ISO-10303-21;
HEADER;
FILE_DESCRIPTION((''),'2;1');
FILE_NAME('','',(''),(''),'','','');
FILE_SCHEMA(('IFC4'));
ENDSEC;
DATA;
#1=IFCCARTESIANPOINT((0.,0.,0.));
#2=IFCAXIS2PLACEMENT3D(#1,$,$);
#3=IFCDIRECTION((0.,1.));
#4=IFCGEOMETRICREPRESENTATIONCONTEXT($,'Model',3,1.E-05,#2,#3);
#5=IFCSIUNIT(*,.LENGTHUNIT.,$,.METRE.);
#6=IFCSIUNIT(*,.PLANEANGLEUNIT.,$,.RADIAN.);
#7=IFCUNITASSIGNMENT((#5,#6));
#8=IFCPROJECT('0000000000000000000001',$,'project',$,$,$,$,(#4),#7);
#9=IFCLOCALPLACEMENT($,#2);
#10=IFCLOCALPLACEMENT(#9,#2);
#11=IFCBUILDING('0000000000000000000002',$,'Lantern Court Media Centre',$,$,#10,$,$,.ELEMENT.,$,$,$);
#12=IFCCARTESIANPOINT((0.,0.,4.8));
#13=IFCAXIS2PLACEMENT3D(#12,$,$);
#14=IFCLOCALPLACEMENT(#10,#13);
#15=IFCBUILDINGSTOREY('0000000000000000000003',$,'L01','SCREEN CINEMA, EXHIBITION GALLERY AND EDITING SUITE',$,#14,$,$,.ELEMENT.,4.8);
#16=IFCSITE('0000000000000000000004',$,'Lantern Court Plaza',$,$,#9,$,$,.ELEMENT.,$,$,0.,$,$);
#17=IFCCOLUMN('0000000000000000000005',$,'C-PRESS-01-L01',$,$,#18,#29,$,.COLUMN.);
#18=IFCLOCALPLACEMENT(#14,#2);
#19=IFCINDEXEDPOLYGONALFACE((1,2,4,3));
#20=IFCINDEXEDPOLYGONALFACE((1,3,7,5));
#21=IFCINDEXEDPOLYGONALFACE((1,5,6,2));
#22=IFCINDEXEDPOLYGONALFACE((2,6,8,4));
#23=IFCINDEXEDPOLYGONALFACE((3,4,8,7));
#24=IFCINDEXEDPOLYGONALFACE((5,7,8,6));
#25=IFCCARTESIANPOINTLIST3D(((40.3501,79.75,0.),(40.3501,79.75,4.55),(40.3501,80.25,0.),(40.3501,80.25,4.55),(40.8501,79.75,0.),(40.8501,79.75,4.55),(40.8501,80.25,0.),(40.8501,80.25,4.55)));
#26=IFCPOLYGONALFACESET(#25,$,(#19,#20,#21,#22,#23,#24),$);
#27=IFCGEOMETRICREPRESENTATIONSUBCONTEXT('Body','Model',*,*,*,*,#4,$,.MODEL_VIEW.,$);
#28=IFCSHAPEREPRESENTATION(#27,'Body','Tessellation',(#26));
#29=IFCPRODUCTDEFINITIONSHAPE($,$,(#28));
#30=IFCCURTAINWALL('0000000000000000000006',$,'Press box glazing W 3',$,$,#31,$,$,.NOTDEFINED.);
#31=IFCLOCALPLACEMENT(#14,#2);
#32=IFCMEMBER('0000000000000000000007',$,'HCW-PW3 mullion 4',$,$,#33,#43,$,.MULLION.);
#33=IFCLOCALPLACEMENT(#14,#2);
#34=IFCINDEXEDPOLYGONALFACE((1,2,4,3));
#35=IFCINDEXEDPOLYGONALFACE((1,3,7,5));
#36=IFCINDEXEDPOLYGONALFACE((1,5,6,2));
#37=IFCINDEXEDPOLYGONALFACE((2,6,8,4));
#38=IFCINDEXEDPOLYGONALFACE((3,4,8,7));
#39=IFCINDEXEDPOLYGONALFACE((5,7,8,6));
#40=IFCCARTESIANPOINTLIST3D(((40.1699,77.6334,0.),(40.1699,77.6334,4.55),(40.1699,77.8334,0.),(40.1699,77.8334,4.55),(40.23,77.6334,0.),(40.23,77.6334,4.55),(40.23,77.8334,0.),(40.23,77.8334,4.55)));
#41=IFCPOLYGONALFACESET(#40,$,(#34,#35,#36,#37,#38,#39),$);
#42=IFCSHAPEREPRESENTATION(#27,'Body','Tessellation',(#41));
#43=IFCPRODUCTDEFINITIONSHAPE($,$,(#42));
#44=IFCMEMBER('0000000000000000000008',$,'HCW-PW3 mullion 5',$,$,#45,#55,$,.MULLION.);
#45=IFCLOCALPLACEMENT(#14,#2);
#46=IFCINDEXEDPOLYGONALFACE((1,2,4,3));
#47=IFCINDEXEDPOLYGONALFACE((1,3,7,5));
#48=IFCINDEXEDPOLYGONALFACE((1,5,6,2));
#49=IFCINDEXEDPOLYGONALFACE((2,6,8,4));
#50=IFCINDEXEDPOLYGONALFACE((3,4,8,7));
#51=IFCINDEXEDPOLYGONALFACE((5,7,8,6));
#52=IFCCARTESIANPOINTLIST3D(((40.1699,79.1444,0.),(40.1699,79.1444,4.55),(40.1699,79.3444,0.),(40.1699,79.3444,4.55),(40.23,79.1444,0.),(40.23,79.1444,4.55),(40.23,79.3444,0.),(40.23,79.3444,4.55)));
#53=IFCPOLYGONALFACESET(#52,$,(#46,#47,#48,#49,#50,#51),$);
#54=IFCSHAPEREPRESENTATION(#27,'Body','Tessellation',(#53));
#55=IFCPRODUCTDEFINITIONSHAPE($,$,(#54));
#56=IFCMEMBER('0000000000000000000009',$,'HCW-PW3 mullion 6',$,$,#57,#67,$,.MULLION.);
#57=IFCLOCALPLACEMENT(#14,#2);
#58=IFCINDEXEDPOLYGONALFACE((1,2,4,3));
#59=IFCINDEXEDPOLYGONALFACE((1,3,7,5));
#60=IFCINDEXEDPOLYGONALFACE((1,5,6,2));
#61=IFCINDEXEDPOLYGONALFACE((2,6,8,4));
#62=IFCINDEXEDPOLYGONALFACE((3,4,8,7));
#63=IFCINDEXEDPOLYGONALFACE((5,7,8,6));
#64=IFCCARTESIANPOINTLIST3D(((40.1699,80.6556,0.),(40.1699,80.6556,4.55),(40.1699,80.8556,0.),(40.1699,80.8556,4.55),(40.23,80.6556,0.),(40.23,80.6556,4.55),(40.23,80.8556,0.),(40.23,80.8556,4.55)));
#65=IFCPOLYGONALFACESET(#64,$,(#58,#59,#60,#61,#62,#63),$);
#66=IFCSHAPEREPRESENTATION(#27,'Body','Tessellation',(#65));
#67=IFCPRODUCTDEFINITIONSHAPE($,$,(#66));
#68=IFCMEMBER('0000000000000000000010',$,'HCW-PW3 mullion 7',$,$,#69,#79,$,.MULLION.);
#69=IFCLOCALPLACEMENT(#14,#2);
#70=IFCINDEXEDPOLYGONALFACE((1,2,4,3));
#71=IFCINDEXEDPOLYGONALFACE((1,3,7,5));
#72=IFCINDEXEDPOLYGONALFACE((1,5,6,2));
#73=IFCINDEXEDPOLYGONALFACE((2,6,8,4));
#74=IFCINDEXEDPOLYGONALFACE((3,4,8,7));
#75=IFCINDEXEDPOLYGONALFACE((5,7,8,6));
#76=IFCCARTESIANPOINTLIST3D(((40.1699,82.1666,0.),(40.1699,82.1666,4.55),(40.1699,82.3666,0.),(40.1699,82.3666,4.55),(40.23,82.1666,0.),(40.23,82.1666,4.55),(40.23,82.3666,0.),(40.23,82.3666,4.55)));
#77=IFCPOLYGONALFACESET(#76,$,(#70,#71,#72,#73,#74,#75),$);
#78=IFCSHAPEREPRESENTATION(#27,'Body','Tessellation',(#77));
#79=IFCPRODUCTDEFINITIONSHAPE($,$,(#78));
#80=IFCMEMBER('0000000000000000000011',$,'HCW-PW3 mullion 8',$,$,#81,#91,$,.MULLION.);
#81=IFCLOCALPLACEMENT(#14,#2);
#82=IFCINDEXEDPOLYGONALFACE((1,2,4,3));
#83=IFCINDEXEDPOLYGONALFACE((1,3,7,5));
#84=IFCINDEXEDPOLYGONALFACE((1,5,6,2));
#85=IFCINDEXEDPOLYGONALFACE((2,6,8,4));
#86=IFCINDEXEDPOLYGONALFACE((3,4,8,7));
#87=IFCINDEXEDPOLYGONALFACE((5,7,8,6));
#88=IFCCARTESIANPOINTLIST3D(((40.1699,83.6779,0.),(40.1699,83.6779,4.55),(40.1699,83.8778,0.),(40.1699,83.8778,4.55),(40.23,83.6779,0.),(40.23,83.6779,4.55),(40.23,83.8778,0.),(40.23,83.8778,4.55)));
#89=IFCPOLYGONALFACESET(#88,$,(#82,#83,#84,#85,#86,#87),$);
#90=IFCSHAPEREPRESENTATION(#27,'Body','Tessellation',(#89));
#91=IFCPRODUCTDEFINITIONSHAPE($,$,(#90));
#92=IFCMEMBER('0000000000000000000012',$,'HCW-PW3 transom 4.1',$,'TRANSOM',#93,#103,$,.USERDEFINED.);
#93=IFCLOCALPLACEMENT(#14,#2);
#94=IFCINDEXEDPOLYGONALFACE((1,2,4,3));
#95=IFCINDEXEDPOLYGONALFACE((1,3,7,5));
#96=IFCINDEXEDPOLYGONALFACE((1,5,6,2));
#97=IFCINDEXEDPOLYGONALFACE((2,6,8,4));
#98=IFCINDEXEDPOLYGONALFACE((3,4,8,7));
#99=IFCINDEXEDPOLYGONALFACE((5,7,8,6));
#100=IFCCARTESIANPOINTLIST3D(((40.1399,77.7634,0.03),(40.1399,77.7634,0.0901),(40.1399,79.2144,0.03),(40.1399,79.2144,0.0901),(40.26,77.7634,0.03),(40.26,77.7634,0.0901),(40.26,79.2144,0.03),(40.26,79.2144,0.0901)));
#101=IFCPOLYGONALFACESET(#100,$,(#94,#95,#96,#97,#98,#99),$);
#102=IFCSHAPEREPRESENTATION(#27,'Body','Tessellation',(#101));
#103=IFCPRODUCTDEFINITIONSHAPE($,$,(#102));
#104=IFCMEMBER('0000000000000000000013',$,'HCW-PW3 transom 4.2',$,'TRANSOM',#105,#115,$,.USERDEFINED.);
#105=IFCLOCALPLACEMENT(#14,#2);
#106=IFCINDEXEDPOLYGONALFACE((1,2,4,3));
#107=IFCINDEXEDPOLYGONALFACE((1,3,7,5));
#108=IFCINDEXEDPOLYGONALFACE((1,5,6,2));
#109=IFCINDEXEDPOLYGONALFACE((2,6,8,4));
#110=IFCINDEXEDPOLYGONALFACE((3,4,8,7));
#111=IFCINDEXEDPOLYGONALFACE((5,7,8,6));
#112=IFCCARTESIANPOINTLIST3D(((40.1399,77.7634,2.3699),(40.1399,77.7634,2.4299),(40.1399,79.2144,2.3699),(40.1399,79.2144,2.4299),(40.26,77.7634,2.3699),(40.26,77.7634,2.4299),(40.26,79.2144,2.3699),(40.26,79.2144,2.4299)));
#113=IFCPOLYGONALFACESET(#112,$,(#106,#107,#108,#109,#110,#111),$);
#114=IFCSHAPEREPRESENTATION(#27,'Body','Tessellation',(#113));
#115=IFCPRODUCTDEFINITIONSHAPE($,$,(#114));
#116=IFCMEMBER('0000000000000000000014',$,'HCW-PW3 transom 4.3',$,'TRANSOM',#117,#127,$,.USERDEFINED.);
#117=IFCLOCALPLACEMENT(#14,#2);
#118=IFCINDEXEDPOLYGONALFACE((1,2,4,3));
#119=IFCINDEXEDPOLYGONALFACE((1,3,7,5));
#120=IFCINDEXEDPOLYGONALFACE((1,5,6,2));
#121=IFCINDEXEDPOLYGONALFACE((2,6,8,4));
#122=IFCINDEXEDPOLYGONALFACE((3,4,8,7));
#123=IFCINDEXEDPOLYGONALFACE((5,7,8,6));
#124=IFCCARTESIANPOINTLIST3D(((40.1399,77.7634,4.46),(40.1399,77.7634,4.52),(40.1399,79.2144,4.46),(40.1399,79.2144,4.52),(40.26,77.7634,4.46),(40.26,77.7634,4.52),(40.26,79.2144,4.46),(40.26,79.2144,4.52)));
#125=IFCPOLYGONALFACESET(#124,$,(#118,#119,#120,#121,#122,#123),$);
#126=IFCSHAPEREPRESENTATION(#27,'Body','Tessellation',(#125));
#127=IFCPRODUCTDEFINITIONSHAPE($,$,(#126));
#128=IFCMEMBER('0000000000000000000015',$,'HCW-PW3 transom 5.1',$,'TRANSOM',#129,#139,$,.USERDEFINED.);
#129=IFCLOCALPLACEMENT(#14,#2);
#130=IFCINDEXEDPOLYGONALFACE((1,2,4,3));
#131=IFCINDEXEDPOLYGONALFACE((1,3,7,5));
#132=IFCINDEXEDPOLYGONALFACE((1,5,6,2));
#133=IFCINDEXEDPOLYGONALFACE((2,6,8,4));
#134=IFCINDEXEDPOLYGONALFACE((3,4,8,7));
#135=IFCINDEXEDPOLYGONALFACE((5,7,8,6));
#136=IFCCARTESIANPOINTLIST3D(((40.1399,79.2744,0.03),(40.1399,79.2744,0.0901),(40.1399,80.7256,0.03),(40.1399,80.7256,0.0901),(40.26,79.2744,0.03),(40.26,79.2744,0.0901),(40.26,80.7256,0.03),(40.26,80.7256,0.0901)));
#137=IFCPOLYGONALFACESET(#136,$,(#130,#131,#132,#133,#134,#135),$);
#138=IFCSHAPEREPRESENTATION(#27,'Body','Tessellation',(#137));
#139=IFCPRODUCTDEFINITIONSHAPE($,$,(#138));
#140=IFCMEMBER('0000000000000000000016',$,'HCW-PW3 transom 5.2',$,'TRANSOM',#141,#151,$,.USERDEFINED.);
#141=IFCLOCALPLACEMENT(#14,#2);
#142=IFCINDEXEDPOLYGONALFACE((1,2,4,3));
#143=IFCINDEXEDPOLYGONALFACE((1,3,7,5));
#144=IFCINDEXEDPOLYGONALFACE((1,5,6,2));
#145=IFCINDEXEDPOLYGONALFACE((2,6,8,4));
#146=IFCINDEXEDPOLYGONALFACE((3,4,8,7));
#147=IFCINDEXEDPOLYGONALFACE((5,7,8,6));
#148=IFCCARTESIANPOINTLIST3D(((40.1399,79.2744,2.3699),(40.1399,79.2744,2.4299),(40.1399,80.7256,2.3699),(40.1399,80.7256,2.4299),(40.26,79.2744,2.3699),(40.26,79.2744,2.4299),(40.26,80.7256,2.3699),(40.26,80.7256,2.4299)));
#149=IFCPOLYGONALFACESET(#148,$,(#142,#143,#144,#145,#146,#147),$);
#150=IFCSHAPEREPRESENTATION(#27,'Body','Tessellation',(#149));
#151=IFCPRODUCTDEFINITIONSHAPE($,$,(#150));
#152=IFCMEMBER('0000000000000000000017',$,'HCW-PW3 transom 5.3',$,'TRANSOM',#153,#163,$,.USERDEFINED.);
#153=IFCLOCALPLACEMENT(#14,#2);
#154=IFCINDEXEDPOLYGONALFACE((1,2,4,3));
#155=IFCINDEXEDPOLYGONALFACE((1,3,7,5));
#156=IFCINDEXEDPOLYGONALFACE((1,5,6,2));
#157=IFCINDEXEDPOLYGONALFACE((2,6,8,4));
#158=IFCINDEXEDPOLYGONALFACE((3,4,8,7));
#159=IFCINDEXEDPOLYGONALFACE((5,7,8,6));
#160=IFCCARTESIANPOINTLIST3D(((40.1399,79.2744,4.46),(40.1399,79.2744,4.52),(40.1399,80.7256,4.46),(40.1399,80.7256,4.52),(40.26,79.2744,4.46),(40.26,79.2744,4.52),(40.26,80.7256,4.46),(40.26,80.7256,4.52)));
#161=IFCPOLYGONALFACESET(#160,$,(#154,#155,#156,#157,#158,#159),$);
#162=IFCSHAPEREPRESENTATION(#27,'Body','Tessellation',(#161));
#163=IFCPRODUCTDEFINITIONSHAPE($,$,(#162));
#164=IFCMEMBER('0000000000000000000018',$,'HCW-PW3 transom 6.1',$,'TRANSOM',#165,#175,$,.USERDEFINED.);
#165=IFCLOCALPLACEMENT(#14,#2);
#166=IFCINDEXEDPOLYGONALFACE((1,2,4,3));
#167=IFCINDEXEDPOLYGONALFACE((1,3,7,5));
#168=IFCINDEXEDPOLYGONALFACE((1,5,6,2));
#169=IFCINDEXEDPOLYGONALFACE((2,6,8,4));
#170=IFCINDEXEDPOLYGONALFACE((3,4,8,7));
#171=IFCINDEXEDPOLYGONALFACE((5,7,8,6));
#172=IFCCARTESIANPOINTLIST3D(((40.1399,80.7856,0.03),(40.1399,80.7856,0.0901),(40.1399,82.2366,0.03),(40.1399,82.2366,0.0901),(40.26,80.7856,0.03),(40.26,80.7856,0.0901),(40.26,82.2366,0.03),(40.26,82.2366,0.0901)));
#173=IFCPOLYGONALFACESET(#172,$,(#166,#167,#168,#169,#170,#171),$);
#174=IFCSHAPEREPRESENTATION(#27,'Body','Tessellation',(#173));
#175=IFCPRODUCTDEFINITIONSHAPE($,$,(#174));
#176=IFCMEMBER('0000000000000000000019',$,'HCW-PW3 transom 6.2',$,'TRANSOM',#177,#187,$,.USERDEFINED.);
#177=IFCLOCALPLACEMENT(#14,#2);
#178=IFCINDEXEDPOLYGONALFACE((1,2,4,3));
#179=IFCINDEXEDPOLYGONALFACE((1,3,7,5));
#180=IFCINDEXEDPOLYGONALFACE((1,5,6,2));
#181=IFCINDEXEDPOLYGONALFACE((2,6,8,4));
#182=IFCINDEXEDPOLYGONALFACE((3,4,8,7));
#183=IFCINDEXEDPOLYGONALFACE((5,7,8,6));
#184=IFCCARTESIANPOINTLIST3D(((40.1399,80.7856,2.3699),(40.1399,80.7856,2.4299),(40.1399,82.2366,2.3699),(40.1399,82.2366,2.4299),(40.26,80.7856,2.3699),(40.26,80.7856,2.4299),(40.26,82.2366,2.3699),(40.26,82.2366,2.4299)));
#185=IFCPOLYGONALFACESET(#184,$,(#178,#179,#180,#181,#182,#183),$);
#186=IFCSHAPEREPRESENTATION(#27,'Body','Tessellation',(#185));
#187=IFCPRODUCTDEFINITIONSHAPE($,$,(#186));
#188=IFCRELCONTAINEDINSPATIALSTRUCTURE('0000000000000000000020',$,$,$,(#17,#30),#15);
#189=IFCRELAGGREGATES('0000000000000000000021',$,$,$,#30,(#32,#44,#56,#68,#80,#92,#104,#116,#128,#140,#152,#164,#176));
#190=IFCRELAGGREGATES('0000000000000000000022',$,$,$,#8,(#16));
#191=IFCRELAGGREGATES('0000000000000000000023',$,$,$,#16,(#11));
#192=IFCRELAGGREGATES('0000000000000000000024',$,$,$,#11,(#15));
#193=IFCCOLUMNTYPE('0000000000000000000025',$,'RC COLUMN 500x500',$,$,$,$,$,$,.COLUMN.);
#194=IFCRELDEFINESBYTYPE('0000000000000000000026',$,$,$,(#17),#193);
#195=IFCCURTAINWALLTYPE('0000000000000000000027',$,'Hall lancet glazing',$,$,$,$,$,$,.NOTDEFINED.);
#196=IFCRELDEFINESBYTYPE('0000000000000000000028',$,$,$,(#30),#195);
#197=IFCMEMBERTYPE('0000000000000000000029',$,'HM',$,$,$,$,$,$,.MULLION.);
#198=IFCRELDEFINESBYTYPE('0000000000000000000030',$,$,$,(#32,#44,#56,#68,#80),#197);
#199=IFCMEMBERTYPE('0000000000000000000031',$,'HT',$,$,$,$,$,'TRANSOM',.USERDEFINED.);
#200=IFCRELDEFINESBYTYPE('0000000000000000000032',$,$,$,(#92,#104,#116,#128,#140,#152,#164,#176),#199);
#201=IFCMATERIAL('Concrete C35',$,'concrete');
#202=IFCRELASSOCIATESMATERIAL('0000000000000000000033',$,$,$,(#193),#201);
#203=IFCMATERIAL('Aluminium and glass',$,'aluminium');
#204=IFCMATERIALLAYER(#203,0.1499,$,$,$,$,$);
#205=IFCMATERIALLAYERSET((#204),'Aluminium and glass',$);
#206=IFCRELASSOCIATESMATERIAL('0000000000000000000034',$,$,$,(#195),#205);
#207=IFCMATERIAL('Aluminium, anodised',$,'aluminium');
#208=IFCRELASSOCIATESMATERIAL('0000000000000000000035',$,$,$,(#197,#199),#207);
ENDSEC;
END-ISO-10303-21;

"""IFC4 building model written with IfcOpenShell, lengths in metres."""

from ifc_helpers import new_model, si_unit, direction, frame, origin, origin_2d, place, context, subcontext, project, spatial, rectangle, extrude, material, layer, layer_set, material_profile, profile_set, type_object, element, aggregate, save


model = new_model("IFC4")

# Units and contexts
model_context = context("Model", 3, precision=1e-05, world=origin(), true_north=direction((0.0, 1.0)))
body_context = subcontext(model_context, "Body", "Model", "MODEL_VIEW")
ifc_project = project(units=[si_unit("LENGTHUNIT", "METRE"), si_unit("PLANEANGLEUNIT", "RADIAN")], contexts=[model_context])

# Site, building, storey
site_placement = place(None, origin())
site = spatial("IfcSite", under=ifc_project, at=site_placement, Name="Lantern Court Plaza", CompositionType="ELEMENT", RefElevation=0.0)
building_placement = place(site_placement, origin())
building = spatial("IfcBuilding", under=site, at=building_placement, Name="Lantern Court Media Centre", CompositionType="ELEMENT")
storey_placement = place(building_placement, frame((0.0, 0.0, 4.8)))
storey = spatial("IfcBuildingStorey", under=building, at=storey_placement, Name="L01", Description="SCREEN CINEMA, EXHIBITION GALLERY AND EDITING SUITE", CompositionType="ELEMENT", Elevation=4.8)

# Column
ifc_material_1 = material(Name="Concrete C35", Category="concrete")
ifc_material_profile_1 = material_profile(ifc_material_1, rectangle(XDim=0.5, YDim=0.5, at=origin_2d()), Name="RC 500x500")
ifc_profile_set_1 = profile_set([ifc_material_profile_1], Name="Concrete C35")
column_type = type_object("IfcColumnType", Name="RC COLUMN 500x500", PredefinedType="COLUMN", material=ifc_profile_set_1)
column_placement = place(storey_placement, frame((40.6001, 80.0, 0.0), z_axis=(0.0, 0.0, 1.0), x_axis=(1.0, 0.0, 0.0)))
element("IfcColumn", 1, at=column_placement, inside=storey, type_object=column_type, Name="C-PRESS-01-L01", PredefinedType="COLUMN", context=body_context, shape_type="SweptSolid", body=[
    extrude(rectangle(XDim=0.5, YDim=0.5, at=origin_2d()), origin(), (0.0, 0.0, 1.0), 4.55),
])

# Curtain wall, members
ifc_material_2 = material(Name="Aluminium and glass", Category="aluminium")
ifc_layer_1 = layer(ifc_material_2, 0.1499)
ifc_layer_set_1 = layer_set([ifc_layer_1], Name="Aluminium and glass")
curtain_wall_type = type_object("IfcCurtainWallType", Name="Hall lancet glazing", PredefinedType="NOTDEFINED", material=ifc_layer_set_1)
curtain_wall_placement = place(storey_placement, origin())
curtain_wall = element("IfcCurtainWall", 2, at=curtain_wall_placement, inside=storey, type_object=curtain_wall_type, Name="Press box glazing W 3", PredefinedType="NOTDEFINED")
ifc_material_3 = material(Name="Aluminium, anodised", Category="aluminium")
ifc_material_profile_2 = material_profile(ifc_material_3, rectangle(XDim=0.0601, YDim=0.2, at=origin_2d()), Name="HM")
ifc_profile_set_2 = profile_set([ifc_material_profile_2], Name="Aluminium, anodised")
member_type_1 = type_object("IfcMemberType", Name="HM", PredefinedType="MULLION", material=ifc_profile_set_2)
member_1_placement = place(storey_placement, frame((40.2, 77.7334, 0.0), z_axis=(0.0, 0.0, 1.0), x_axis=(-1.0, 0.0, 0.0)))
member_1 = element("IfcMember", 3, at=member_1_placement, type_object=member_type_1, Name="HCW-PW3 mullion 4", PredefinedType="MULLION", context=body_context, shape_type="SweptSolid", body=[
    extrude(rectangle(XDim=0.0601, YDim=0.2, at=origin_2d()), origin(), (0.0, 0.0, 1.0), 4.55),
])
member_2_placement = place(storey_placement, frame((40.2, 79.2444, 0.0), z_axis=(0.0, 0.0, 1.0), x_axis=(-1.0, 0.0, 0.0)))
member_2 = element("IfcMember", 4, at=member_2_placement, type_object=member_type_1, Name="HCW-PW3 mullion 5", PredefinedType="MULLION", context=body_context, shape_type="SweptSolid", body=[
    extrude(rectangle(XDim=0.0601, YDim=0.2, at=origin_2d()), origin(), (0.0, 0.0, 1.0), 4.55),
])
member_3_placement = place(storey_placement, frame((40.2, 80.7556, 0.0), z_axis=(0.0, 0.0, 1.0), x_axis=(-1.0, 0.0, 0.0)))
member_3 = element("IfcMember", 5, at=member_3_placement, type_object=member_type_1, Name="HCW-PW3 mullion 6", PredefinedType="MULLION", context=body_context, shape_type="SweptSolid", body=[
    extrude(rectangle(XDim=0.0601, YDim=0.2, at=origin_2d()), origin(), (0.0, 0.0, 1.0), 4.55),
])
member_4_placement = place(storey_placement, frame((40.2, 82.2666, 0.0), z_axis=(0.0, 0.0, 1.0), x_axis=(-1.0, 0.0, 0.0)))
member_4 = element("IfcMember", 6, at=member_4_placement, type_object=member_type_1, Name="HCW-PW3 mullion 7", PredefinedType="MULLION", context=body_context, shape_type="SweptSolid", body=[
    extrude(rectangle(XDim=0.0601, YDim=0.2, at=origin_2d()), origin(), (0.0, 0.0, 1.0), 4.55),
])
member_5_placement = place(storey_placement, frame((40.2, 83.7778, 0.0), z_axis=(0.0, 0.0, 1.0), x_axis=(-1.0, 0.0, 0.0)))
member_5 = element("IfcMember", 7, at=member_5_placement, type_object=member_type_1, Name="HCW-PW3 mullion 8", PredefinedType="MULLION", context=body_context, shape_type="SweptSolid", body=[
    extrude(rectangle(XDim=0.0601, YDim=0.2, at=origin_2d()), origin(), (0.0, 0.0, 1.0), 4.55),
])
ifc_material_profile_3 = material_profile(ifc_material_3, rectangle(XDim=0.1201, YDim=0.0601, at=origin_2d()), Name="HT")
ifc_profile_set_3 = profile_set([ifc_material_profile_3], Name="Aluminium, anodised")
member_type_2 = type_object("IfcMemberType", Name="HT", ElementType="TRANSOM", PredefinedType="USERDEFINED", material=ifc_profile_set_3)
member_6_placement = place(storey_placement, frame((40.2, 77.7634, 0.0601), z_axis=(0.0, 1.0, 0.0), x_axis=(-1.0, 0.0, 0.0)))
member_6 = element("IfcMember", 8, at=member_6_placement, type_object=member_type_2, Name="HCW-PW3 transom 4.1", ObjectType="TRANSOM", PredefinedType="USERDEFINED", context=body_context, shape_type="SweptSolid", body=[
    extrude(rectangle(XDim=0.1201, YDim=0.0601, at=origin_2d()), origin(), (0.0, 0.0, 1.0), 1.4509),
])
member_7_placement = place(storey_placement, frame((40.2, 77.7634, 2.3999), z_axis=(0.0, 1.0, 0.0), x_axis=(-1.0, 0.0, 0.0)))
member_7 = element("IfcMember", 9, at=member_7_placement, type_object=member_type_2, Name="HCW-PW3 transom 4.2", ObjectType="TRANSOM", PredefinedType="USERDEFINED", context=body_context, shape_type="SweptSolid", body=[
    extrude(rectangle(XDim=0.1201, YDim=0.0601, at=origin_2d()), origin(), (0.0, 0.0, 1.0), 1.4509),
])
member_8_placement = place(storey_placement, frame((40.2, 77.7634, 4.49), z_axis=(0.0, 1.0, 0.0), x_axis=(-1.0, 0.0, 0.0)))
member_8 = element("IfcMember", 10, at=member_8_placement, type_object=member_type_2, Name="HCW-PW3 transom 4.3", ObjectType="TRANSOM", PredefinedType="USERDEFINED", context=body_context, shape_type="SweptSolid", body=[
    extrude(rectangle(XDim=0.1201, YDim=0.0601, at=origin_2d()), origin(), (0.0, 0.0, 1.0), 1.4509),
])
member_9_placement = place(storey_placement, frame((40.2, 79.2744, 0.0601), z_axis=(0.0, 1.0, 0.0), x_axis=(-1.0, 0.0, 0.0)))
member_9 = element("IfcMember", 11, at=member_9_placement, type_object=member_type_2, Name="HCW-PW3 transom 5.1", ObjectType="TRANSOM", PredefinedType="USERDEFINED", context=body_context, shape_type="SweptSolid", body=[
    extrude(rectangle(XDim=0.1201, YDim=0.0601, at=origin_2d()), origin(), (0.0, 0.0, 1.0), 1.4512),
])
member_10_placement = place(storey_placement, frame((40.2, 79.2744, 2.3999), z_axis=(0.0, 1.0, 0.0), x_axis=(-1.0, 0.0, 0.0)))
member_10 = element("IfcMember", 12, at=member_10_placement, type_object=member_type_2, Name="HCW-PW3 transom 5.2", ObjectType="TRANSOM", PredefinedType="USERDEFINED", context=body_context, shape_type="SweptSolid", body=[
    extrude(rectangle(XDim=0.1201, YDim=0.0601, at=origin_2d()), origin(), (0.0, 0.0, 1.0), 1.4512),
])
member_11_placement = place(storey_placement, frame((40.2, 79.2744, 4.49), z_axis=(0.0, 1.0, 0.0), x_axis=(-1.0, 0.0, 0.0)))
member_11 = element("IfcMember", 13, at=member_11_placement, type_object=member_type_2, Name="HCW-PW3 transom 5.3", ObjectType="TRANSOM", PredefinedType="USERDEFINED", context=body_context, shape_type="SweptSolid", body=[
    extrude(rectangle(XDim=0.1201, YDim=0.0601, at=origin_2d()), origin(), (0.0, 0.0, 1.0), 1.4512),
])
member_12_placement = place(storey_placement, frame((40.2, 80.7856, 0.0601), z_axis=(0.0, 1.0, 0.0), x_axis=(-1.0, 0.0, 0.0)))
member_12 = element("IfcMember", 14, at=member_12_placement, type_object=member_type_2, Name="HCW-PW3 transom 6.1", ObjectType="TRANSOM", PredefinedType="USERDEFINED", context=body_context, shape_type="SweptSolid", body=[
    extrude(rectangle(XDim=0.1201, YDim=0.0601, at=origin_2d()), origin(), (0.0, 0.0, 1.0), 1.4509),
])
member_13_placement = place(storey_placement, frame((40.2, 80.7856, 2.3999), z_axis=(0.0, 1.0, 0.0), x_axis=(-1.0, 0.0, 0.0)))
member_13 = element("IfcMember", 15, at=member_13_placement, type_object=member_type_2, Name="HCW-PW3 transom 6.2", ObjectType="TRANSOM", PredefinedType="USERDEFINED", context=body_context, shape_type="SweptSolid", body=[
    extrude(rectangle(XDim=0.1201, YDim=0.0601, at=origin_2d()), origin(), (0.0, 0.0, 1.0), 1.4509),
])

aggregate(curtain_wall, [member_1, member_2, member_3, member_4, member_5, member_6, member_7, member_8, member_9, member_10, member_11, member_12, member_13])

save(model, "model.ifc")
